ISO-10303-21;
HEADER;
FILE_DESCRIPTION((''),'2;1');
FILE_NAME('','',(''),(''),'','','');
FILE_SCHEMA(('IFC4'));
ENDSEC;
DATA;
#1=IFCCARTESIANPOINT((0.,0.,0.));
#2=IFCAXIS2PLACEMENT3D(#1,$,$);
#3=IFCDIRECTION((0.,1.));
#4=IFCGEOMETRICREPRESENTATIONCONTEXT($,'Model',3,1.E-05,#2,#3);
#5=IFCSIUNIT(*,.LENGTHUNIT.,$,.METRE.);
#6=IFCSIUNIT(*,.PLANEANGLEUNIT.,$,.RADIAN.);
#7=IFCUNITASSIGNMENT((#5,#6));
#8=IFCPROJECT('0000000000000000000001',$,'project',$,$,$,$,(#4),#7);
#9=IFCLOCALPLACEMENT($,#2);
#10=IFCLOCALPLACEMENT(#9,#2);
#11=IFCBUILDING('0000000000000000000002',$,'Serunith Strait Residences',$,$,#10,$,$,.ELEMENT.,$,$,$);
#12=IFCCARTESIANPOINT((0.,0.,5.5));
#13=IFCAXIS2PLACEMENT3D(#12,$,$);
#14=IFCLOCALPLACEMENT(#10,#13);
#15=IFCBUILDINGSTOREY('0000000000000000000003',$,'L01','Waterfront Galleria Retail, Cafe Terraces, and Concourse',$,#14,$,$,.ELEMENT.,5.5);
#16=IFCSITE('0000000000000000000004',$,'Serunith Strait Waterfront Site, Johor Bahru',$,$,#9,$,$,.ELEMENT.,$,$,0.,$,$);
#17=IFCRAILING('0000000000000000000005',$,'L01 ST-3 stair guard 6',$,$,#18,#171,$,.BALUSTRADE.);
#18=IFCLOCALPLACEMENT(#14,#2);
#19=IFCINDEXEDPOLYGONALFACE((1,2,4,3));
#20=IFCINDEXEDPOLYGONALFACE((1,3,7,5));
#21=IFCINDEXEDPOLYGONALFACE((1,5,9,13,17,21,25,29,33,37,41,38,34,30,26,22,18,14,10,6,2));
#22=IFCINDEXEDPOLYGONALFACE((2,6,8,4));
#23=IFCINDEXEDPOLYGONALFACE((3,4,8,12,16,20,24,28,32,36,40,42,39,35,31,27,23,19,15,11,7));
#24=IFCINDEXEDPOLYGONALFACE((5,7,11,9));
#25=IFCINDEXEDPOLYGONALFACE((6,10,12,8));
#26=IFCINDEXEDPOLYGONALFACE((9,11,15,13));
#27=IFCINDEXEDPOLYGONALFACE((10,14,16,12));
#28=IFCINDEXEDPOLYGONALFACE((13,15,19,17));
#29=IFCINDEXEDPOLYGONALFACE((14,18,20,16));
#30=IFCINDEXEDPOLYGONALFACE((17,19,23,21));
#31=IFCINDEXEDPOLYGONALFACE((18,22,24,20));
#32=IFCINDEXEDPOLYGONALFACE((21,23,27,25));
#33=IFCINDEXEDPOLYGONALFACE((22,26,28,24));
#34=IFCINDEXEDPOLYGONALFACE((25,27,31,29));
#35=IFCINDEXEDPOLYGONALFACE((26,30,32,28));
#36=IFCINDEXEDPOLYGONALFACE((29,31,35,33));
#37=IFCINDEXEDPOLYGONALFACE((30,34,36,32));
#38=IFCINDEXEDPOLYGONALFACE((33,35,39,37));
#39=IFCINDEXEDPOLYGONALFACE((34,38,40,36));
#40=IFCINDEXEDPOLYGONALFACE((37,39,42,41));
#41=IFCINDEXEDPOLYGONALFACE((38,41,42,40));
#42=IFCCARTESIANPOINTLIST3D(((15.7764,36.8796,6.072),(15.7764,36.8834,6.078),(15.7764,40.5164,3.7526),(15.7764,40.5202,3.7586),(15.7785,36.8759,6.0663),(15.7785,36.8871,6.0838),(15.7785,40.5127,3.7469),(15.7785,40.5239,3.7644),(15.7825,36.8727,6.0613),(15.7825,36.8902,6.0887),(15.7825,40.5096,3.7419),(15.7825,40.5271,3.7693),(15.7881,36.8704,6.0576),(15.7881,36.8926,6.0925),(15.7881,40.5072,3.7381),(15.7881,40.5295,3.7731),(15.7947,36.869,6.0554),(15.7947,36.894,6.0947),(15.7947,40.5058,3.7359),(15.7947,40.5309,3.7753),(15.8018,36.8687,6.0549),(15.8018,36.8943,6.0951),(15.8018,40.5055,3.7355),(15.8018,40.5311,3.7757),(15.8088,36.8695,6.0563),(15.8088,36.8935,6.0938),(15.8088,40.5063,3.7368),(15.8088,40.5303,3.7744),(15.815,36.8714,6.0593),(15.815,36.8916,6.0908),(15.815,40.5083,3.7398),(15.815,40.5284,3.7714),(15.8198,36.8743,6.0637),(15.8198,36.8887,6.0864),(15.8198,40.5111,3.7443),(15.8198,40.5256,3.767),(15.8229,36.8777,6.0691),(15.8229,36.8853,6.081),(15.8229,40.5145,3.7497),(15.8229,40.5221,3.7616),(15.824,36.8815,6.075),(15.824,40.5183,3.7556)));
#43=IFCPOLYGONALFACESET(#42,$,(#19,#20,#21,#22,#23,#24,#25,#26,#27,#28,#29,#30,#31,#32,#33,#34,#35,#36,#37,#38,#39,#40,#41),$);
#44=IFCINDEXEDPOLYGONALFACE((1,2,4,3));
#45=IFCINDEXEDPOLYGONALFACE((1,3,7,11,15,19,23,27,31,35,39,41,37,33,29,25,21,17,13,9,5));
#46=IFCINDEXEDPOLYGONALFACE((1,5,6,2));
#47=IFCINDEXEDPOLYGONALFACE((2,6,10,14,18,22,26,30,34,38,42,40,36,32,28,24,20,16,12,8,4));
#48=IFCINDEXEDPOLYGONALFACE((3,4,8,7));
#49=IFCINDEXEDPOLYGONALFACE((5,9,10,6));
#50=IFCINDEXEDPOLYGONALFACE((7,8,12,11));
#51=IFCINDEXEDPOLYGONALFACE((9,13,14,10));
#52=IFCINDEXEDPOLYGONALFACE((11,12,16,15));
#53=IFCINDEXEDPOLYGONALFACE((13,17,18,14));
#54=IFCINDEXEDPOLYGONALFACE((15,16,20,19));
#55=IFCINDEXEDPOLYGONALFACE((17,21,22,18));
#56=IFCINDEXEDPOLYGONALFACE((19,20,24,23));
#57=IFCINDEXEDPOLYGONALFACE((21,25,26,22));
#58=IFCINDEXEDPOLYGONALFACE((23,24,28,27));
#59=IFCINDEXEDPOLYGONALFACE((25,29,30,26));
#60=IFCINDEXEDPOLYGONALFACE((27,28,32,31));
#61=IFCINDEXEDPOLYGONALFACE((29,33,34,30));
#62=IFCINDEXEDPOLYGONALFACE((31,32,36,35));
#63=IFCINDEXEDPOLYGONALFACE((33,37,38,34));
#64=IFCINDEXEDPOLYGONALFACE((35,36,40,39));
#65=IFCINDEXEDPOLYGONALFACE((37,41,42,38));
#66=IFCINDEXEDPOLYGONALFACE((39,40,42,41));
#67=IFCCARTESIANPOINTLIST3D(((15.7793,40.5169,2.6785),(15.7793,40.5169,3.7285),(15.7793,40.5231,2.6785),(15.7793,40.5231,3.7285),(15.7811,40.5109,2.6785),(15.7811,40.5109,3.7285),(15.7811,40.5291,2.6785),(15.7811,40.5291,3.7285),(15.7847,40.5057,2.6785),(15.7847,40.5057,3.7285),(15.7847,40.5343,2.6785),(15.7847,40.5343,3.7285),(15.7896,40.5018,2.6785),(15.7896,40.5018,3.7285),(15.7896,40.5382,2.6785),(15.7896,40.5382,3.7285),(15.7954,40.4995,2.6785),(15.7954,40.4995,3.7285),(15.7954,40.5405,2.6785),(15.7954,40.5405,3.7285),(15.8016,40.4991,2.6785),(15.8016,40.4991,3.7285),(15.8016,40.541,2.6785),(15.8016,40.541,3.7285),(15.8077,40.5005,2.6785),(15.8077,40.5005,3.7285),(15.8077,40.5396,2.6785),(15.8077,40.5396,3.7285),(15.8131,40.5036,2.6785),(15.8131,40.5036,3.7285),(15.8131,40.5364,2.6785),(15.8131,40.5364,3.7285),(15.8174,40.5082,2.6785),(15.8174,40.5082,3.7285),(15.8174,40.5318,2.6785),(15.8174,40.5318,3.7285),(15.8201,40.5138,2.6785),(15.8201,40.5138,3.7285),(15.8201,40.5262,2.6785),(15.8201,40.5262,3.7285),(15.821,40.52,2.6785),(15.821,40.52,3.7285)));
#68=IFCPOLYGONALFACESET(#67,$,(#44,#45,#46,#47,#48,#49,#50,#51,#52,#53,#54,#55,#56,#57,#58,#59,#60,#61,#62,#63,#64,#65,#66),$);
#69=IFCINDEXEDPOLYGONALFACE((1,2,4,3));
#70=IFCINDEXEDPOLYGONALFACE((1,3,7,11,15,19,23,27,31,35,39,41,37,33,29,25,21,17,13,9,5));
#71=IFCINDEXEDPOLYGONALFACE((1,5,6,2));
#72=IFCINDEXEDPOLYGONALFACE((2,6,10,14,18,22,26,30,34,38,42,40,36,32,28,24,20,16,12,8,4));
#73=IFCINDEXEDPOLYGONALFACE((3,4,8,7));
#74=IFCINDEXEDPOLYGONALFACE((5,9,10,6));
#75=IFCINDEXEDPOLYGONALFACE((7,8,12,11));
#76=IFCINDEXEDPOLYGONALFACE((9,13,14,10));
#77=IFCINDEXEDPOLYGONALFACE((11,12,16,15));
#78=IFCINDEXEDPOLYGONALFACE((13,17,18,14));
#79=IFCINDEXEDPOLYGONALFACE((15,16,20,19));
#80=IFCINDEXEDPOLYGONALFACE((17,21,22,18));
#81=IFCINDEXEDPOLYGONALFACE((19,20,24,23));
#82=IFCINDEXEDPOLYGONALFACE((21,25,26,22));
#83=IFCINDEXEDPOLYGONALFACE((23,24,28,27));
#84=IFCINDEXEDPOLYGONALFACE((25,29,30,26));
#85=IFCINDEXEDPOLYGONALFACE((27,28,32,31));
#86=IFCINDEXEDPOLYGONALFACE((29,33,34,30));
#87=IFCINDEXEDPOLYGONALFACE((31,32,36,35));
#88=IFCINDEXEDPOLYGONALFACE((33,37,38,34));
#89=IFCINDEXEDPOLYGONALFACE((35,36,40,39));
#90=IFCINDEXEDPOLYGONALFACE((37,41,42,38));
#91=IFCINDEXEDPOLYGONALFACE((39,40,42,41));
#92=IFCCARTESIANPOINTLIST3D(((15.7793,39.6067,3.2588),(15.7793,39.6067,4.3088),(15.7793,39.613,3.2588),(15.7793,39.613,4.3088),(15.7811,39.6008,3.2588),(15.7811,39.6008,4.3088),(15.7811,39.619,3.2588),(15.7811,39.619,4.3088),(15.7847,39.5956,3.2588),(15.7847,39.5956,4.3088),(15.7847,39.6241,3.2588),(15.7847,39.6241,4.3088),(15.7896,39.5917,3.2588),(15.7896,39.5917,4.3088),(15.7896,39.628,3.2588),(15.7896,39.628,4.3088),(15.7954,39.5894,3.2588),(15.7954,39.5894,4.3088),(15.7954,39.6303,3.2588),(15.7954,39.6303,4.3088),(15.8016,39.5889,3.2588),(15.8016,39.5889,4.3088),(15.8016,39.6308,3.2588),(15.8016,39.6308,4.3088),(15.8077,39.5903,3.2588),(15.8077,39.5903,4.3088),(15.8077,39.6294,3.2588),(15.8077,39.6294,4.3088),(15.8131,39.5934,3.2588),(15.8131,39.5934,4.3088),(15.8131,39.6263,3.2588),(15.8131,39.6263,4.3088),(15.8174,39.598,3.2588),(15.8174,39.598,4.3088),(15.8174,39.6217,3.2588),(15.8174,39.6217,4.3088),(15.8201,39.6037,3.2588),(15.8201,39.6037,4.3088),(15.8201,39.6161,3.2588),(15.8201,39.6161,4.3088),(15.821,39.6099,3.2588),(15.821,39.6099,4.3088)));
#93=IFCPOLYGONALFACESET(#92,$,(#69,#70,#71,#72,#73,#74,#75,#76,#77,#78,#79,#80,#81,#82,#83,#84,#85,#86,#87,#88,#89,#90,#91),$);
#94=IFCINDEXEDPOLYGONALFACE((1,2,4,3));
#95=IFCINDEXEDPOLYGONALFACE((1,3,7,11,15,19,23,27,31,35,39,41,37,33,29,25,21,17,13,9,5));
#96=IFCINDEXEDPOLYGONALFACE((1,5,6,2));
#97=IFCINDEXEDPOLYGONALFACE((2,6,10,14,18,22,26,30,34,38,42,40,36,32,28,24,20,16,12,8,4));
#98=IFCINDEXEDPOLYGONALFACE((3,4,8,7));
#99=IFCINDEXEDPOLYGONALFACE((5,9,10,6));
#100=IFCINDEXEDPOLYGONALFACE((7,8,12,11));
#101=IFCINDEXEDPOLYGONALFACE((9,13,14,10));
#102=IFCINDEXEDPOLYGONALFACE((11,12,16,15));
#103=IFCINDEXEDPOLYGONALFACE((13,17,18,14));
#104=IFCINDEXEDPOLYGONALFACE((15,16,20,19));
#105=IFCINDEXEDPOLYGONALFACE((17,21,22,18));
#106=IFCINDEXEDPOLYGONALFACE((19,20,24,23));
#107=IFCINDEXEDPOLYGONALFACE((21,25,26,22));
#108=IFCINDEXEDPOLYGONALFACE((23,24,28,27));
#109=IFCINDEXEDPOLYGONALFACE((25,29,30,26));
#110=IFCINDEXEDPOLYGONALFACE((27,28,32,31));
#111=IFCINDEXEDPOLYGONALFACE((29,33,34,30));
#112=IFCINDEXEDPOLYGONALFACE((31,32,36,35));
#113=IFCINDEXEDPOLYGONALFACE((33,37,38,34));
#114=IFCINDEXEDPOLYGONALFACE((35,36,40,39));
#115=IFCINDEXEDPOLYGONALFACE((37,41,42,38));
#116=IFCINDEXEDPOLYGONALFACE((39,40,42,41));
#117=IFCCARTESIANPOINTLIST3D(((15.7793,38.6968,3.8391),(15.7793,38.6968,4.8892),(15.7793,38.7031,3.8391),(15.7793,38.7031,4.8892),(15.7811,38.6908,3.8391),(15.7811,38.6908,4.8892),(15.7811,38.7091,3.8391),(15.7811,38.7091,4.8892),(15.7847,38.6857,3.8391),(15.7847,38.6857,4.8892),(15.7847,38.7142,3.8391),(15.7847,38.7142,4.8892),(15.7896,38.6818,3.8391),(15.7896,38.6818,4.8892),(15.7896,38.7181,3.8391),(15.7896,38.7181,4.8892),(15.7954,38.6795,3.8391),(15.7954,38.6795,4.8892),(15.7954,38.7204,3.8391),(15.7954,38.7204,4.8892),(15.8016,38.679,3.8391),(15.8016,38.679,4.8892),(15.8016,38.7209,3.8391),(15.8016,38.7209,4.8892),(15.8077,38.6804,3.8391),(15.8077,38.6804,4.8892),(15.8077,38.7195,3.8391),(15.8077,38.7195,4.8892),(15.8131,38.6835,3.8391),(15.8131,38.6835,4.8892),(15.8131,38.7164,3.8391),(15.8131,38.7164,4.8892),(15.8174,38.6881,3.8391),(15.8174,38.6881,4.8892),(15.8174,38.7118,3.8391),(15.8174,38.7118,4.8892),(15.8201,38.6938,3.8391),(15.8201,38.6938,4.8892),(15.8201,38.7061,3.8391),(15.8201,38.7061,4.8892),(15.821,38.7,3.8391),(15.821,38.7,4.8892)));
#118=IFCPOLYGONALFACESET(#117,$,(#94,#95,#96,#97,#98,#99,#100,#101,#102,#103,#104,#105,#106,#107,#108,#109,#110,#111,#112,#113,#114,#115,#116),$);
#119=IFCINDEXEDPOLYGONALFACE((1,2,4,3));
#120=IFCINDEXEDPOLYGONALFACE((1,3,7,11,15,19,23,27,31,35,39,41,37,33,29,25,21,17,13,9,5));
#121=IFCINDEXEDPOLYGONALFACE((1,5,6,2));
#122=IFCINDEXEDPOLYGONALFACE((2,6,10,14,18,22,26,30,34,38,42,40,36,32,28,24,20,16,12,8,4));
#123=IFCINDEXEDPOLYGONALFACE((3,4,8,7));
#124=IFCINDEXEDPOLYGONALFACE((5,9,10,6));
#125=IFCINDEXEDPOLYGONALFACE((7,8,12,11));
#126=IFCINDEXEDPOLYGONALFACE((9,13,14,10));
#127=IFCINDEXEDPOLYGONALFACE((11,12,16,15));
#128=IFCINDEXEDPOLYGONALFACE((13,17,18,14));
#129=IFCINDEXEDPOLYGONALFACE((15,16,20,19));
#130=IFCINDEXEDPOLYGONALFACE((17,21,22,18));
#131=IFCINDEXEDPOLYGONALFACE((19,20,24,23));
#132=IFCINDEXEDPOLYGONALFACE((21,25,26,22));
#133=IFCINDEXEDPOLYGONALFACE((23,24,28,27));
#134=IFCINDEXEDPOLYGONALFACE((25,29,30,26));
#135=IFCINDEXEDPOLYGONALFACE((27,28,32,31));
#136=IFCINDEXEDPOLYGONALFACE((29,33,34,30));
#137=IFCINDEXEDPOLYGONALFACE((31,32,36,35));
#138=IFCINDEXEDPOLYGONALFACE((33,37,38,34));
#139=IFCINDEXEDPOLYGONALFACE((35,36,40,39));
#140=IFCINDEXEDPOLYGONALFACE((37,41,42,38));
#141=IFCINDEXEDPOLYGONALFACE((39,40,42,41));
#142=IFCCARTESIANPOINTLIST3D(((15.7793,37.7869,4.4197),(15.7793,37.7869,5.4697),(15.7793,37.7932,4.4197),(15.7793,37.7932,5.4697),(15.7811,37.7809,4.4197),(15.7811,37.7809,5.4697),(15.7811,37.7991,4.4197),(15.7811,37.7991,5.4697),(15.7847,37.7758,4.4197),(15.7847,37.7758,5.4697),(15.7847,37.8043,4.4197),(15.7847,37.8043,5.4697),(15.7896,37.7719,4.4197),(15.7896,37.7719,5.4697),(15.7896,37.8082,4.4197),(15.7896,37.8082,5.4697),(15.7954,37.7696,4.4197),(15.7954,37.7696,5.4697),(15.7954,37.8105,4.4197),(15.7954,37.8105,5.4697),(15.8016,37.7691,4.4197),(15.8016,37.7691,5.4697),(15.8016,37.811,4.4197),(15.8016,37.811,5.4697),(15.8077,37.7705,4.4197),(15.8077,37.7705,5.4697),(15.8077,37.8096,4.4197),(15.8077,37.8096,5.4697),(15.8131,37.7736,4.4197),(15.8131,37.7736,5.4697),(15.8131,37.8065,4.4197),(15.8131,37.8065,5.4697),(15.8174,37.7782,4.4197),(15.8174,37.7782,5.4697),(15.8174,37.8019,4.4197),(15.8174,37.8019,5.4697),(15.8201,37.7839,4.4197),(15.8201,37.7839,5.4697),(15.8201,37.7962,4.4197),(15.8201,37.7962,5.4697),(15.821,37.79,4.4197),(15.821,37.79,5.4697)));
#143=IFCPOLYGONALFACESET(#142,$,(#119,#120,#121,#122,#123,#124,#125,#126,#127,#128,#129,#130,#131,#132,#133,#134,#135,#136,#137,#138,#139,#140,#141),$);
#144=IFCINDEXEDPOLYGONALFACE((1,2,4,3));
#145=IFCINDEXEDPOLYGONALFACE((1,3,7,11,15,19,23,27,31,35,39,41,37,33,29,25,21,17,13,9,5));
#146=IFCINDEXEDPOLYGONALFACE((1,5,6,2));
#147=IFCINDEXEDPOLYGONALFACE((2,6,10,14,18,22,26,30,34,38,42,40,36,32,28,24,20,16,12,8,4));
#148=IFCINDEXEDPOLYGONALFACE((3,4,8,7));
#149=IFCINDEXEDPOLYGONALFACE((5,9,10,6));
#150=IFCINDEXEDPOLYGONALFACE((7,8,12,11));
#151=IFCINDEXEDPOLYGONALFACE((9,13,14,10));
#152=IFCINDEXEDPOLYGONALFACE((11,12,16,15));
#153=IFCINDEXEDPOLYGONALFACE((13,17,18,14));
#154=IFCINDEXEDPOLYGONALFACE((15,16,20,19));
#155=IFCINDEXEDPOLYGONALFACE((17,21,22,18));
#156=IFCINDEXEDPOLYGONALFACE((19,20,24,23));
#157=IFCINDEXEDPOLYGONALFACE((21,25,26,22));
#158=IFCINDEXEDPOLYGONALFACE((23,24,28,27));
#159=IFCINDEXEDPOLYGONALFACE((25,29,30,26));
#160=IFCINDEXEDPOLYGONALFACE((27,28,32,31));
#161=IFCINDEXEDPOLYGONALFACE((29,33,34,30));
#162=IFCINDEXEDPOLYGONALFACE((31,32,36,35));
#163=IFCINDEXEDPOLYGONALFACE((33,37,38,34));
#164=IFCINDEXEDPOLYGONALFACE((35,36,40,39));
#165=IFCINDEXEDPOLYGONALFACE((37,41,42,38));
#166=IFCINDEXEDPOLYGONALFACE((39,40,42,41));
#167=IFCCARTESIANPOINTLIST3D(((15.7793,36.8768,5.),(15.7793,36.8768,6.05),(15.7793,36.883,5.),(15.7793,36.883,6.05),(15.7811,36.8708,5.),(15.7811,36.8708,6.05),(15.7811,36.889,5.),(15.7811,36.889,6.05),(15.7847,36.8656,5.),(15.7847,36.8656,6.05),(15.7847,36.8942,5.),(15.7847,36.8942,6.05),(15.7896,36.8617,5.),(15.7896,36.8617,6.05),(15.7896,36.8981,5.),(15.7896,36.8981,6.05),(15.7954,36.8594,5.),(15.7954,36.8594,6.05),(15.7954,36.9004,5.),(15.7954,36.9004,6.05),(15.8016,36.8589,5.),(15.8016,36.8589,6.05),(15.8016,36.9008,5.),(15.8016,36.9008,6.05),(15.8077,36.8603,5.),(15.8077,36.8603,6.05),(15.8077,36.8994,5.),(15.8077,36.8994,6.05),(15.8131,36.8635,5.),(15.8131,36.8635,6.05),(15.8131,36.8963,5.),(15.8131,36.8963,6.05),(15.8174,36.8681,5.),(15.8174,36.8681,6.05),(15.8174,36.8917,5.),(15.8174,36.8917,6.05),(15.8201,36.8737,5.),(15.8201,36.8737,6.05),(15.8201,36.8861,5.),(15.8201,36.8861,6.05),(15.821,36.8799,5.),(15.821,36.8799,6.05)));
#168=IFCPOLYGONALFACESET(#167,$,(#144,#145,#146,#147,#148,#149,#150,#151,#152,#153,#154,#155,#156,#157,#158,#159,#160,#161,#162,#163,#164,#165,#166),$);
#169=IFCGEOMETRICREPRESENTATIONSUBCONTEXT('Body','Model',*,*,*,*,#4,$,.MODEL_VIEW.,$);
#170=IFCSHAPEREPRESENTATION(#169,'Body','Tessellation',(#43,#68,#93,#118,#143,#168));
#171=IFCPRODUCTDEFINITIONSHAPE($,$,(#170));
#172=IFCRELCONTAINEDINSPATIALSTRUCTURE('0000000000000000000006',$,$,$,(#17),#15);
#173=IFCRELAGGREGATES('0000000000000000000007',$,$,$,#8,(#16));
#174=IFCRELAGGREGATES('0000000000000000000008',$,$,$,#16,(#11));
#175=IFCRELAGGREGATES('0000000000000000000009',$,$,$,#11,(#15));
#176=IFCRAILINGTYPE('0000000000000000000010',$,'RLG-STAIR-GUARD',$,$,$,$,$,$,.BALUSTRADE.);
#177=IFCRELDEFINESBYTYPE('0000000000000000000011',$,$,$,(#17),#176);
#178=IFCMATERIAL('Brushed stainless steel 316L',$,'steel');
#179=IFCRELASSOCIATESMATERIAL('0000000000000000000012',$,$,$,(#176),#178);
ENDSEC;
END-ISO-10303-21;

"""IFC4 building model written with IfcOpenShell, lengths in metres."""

from ifc_helpers import new_model, si_unit, direction, frame, origin, origin_2d, place, context, subcontext, project, spatial, circle, extrude, material, type_object, element, save


model = new_model("IFC4")

# Units and contexts
model_context = context("Model", 3, precision=1e-05, world=origin(), true_north=direction((0.0, 1.0)))
body_context = subcontext(model_context, "Body", "Model", "MODEL_VIEW")
ifc_project = project(units=[si_unit("LENGTHUNIT", "METRE"), si_unit("PLANEANGLEUNIT", "RADIAN")], contexts=[model_context])

# Site, building, storey
site_placement = place(None, origin())
site = spatial("IfcSite", under=ifc_project, at=site_placement, Name="Serunith Strait Waterfront Site, Johor Bahru", CompositionType="ELEMENT", RefElevation=0.0)
building_placement = place(site_placement, origin())
building = spatial("IfcBuilding", under=site, at=building_placement, Name="Serunith Strait Residences", CompositionType="ELEMENT")
storey_placement = place(building_placement, frame((0.0, 0.0, 5.5)))
storey = spatial("IfcBuildingStorey", under=building, at=storey_placement, Name="L01", Description="Waterfront Galleria Retail, Cafe Terraces, and Concourse", CompositionType="ELEMENT", Elevation=5.5)

# Railing
ifc_material_1 = material(Name="Brushed stainless steel 316L", Category="steel")
railing_type_1 = type_object("IfcRailingType", Name="RLG-STAIR-GUARD", PredefinedType="BALUSTRADE", material=ifc_material_1)
railing_1_placement = place(storey_placement, frame((15.8, 40.52, 2.6785)))
element("IfcRailing", 1, at=railing_1_placement, inside=storey, type_object=railing_type_1, Name="L01 ST-3 stair guard 6", PredefinedType="BALUSTRADE", context=body_context, shape_type="SweptSolid", body=[
    extrude(circle(Radius=0.0239, at=origin_2d()), frame((0.0, -0.0017, 1.0771), z_axis=(0.0, -0.843128, 0.537713), x_axis=(1.0, 0.0, 0.0)), (0.0, 0.0, 1.0), 4.3135),
    extrude(circle(Radius=0.021, at=origin_2d()), origin(), (0.0, 0.0, 1.0), 1.05),
    extrude(circle(Radius=0.021, at=origin_2d()), frame((0.0, -0.9102, 0.5803)), (0.0, 0.0, 1.0), 1.05),
    extrude(circle(Radius=0.021, at=origin_2d()), frame((0.0, -1.8201, 1.1606)), (0.0, 0.0, 1.0), 1.05),
    extrude(circle(Radius=0.021, at=origin_2d()), frame((0.0, -2.73, 1.7412)), (0.0, 0.0, 1.0), 1.05),
    extrude(circle(Radius=0.021, at=origin_2d()), frame((0.0, -3.6401, 2.3215)), (0.0, 0.0, 1.0), 1.05),
])

save(model, "model.ifc")
